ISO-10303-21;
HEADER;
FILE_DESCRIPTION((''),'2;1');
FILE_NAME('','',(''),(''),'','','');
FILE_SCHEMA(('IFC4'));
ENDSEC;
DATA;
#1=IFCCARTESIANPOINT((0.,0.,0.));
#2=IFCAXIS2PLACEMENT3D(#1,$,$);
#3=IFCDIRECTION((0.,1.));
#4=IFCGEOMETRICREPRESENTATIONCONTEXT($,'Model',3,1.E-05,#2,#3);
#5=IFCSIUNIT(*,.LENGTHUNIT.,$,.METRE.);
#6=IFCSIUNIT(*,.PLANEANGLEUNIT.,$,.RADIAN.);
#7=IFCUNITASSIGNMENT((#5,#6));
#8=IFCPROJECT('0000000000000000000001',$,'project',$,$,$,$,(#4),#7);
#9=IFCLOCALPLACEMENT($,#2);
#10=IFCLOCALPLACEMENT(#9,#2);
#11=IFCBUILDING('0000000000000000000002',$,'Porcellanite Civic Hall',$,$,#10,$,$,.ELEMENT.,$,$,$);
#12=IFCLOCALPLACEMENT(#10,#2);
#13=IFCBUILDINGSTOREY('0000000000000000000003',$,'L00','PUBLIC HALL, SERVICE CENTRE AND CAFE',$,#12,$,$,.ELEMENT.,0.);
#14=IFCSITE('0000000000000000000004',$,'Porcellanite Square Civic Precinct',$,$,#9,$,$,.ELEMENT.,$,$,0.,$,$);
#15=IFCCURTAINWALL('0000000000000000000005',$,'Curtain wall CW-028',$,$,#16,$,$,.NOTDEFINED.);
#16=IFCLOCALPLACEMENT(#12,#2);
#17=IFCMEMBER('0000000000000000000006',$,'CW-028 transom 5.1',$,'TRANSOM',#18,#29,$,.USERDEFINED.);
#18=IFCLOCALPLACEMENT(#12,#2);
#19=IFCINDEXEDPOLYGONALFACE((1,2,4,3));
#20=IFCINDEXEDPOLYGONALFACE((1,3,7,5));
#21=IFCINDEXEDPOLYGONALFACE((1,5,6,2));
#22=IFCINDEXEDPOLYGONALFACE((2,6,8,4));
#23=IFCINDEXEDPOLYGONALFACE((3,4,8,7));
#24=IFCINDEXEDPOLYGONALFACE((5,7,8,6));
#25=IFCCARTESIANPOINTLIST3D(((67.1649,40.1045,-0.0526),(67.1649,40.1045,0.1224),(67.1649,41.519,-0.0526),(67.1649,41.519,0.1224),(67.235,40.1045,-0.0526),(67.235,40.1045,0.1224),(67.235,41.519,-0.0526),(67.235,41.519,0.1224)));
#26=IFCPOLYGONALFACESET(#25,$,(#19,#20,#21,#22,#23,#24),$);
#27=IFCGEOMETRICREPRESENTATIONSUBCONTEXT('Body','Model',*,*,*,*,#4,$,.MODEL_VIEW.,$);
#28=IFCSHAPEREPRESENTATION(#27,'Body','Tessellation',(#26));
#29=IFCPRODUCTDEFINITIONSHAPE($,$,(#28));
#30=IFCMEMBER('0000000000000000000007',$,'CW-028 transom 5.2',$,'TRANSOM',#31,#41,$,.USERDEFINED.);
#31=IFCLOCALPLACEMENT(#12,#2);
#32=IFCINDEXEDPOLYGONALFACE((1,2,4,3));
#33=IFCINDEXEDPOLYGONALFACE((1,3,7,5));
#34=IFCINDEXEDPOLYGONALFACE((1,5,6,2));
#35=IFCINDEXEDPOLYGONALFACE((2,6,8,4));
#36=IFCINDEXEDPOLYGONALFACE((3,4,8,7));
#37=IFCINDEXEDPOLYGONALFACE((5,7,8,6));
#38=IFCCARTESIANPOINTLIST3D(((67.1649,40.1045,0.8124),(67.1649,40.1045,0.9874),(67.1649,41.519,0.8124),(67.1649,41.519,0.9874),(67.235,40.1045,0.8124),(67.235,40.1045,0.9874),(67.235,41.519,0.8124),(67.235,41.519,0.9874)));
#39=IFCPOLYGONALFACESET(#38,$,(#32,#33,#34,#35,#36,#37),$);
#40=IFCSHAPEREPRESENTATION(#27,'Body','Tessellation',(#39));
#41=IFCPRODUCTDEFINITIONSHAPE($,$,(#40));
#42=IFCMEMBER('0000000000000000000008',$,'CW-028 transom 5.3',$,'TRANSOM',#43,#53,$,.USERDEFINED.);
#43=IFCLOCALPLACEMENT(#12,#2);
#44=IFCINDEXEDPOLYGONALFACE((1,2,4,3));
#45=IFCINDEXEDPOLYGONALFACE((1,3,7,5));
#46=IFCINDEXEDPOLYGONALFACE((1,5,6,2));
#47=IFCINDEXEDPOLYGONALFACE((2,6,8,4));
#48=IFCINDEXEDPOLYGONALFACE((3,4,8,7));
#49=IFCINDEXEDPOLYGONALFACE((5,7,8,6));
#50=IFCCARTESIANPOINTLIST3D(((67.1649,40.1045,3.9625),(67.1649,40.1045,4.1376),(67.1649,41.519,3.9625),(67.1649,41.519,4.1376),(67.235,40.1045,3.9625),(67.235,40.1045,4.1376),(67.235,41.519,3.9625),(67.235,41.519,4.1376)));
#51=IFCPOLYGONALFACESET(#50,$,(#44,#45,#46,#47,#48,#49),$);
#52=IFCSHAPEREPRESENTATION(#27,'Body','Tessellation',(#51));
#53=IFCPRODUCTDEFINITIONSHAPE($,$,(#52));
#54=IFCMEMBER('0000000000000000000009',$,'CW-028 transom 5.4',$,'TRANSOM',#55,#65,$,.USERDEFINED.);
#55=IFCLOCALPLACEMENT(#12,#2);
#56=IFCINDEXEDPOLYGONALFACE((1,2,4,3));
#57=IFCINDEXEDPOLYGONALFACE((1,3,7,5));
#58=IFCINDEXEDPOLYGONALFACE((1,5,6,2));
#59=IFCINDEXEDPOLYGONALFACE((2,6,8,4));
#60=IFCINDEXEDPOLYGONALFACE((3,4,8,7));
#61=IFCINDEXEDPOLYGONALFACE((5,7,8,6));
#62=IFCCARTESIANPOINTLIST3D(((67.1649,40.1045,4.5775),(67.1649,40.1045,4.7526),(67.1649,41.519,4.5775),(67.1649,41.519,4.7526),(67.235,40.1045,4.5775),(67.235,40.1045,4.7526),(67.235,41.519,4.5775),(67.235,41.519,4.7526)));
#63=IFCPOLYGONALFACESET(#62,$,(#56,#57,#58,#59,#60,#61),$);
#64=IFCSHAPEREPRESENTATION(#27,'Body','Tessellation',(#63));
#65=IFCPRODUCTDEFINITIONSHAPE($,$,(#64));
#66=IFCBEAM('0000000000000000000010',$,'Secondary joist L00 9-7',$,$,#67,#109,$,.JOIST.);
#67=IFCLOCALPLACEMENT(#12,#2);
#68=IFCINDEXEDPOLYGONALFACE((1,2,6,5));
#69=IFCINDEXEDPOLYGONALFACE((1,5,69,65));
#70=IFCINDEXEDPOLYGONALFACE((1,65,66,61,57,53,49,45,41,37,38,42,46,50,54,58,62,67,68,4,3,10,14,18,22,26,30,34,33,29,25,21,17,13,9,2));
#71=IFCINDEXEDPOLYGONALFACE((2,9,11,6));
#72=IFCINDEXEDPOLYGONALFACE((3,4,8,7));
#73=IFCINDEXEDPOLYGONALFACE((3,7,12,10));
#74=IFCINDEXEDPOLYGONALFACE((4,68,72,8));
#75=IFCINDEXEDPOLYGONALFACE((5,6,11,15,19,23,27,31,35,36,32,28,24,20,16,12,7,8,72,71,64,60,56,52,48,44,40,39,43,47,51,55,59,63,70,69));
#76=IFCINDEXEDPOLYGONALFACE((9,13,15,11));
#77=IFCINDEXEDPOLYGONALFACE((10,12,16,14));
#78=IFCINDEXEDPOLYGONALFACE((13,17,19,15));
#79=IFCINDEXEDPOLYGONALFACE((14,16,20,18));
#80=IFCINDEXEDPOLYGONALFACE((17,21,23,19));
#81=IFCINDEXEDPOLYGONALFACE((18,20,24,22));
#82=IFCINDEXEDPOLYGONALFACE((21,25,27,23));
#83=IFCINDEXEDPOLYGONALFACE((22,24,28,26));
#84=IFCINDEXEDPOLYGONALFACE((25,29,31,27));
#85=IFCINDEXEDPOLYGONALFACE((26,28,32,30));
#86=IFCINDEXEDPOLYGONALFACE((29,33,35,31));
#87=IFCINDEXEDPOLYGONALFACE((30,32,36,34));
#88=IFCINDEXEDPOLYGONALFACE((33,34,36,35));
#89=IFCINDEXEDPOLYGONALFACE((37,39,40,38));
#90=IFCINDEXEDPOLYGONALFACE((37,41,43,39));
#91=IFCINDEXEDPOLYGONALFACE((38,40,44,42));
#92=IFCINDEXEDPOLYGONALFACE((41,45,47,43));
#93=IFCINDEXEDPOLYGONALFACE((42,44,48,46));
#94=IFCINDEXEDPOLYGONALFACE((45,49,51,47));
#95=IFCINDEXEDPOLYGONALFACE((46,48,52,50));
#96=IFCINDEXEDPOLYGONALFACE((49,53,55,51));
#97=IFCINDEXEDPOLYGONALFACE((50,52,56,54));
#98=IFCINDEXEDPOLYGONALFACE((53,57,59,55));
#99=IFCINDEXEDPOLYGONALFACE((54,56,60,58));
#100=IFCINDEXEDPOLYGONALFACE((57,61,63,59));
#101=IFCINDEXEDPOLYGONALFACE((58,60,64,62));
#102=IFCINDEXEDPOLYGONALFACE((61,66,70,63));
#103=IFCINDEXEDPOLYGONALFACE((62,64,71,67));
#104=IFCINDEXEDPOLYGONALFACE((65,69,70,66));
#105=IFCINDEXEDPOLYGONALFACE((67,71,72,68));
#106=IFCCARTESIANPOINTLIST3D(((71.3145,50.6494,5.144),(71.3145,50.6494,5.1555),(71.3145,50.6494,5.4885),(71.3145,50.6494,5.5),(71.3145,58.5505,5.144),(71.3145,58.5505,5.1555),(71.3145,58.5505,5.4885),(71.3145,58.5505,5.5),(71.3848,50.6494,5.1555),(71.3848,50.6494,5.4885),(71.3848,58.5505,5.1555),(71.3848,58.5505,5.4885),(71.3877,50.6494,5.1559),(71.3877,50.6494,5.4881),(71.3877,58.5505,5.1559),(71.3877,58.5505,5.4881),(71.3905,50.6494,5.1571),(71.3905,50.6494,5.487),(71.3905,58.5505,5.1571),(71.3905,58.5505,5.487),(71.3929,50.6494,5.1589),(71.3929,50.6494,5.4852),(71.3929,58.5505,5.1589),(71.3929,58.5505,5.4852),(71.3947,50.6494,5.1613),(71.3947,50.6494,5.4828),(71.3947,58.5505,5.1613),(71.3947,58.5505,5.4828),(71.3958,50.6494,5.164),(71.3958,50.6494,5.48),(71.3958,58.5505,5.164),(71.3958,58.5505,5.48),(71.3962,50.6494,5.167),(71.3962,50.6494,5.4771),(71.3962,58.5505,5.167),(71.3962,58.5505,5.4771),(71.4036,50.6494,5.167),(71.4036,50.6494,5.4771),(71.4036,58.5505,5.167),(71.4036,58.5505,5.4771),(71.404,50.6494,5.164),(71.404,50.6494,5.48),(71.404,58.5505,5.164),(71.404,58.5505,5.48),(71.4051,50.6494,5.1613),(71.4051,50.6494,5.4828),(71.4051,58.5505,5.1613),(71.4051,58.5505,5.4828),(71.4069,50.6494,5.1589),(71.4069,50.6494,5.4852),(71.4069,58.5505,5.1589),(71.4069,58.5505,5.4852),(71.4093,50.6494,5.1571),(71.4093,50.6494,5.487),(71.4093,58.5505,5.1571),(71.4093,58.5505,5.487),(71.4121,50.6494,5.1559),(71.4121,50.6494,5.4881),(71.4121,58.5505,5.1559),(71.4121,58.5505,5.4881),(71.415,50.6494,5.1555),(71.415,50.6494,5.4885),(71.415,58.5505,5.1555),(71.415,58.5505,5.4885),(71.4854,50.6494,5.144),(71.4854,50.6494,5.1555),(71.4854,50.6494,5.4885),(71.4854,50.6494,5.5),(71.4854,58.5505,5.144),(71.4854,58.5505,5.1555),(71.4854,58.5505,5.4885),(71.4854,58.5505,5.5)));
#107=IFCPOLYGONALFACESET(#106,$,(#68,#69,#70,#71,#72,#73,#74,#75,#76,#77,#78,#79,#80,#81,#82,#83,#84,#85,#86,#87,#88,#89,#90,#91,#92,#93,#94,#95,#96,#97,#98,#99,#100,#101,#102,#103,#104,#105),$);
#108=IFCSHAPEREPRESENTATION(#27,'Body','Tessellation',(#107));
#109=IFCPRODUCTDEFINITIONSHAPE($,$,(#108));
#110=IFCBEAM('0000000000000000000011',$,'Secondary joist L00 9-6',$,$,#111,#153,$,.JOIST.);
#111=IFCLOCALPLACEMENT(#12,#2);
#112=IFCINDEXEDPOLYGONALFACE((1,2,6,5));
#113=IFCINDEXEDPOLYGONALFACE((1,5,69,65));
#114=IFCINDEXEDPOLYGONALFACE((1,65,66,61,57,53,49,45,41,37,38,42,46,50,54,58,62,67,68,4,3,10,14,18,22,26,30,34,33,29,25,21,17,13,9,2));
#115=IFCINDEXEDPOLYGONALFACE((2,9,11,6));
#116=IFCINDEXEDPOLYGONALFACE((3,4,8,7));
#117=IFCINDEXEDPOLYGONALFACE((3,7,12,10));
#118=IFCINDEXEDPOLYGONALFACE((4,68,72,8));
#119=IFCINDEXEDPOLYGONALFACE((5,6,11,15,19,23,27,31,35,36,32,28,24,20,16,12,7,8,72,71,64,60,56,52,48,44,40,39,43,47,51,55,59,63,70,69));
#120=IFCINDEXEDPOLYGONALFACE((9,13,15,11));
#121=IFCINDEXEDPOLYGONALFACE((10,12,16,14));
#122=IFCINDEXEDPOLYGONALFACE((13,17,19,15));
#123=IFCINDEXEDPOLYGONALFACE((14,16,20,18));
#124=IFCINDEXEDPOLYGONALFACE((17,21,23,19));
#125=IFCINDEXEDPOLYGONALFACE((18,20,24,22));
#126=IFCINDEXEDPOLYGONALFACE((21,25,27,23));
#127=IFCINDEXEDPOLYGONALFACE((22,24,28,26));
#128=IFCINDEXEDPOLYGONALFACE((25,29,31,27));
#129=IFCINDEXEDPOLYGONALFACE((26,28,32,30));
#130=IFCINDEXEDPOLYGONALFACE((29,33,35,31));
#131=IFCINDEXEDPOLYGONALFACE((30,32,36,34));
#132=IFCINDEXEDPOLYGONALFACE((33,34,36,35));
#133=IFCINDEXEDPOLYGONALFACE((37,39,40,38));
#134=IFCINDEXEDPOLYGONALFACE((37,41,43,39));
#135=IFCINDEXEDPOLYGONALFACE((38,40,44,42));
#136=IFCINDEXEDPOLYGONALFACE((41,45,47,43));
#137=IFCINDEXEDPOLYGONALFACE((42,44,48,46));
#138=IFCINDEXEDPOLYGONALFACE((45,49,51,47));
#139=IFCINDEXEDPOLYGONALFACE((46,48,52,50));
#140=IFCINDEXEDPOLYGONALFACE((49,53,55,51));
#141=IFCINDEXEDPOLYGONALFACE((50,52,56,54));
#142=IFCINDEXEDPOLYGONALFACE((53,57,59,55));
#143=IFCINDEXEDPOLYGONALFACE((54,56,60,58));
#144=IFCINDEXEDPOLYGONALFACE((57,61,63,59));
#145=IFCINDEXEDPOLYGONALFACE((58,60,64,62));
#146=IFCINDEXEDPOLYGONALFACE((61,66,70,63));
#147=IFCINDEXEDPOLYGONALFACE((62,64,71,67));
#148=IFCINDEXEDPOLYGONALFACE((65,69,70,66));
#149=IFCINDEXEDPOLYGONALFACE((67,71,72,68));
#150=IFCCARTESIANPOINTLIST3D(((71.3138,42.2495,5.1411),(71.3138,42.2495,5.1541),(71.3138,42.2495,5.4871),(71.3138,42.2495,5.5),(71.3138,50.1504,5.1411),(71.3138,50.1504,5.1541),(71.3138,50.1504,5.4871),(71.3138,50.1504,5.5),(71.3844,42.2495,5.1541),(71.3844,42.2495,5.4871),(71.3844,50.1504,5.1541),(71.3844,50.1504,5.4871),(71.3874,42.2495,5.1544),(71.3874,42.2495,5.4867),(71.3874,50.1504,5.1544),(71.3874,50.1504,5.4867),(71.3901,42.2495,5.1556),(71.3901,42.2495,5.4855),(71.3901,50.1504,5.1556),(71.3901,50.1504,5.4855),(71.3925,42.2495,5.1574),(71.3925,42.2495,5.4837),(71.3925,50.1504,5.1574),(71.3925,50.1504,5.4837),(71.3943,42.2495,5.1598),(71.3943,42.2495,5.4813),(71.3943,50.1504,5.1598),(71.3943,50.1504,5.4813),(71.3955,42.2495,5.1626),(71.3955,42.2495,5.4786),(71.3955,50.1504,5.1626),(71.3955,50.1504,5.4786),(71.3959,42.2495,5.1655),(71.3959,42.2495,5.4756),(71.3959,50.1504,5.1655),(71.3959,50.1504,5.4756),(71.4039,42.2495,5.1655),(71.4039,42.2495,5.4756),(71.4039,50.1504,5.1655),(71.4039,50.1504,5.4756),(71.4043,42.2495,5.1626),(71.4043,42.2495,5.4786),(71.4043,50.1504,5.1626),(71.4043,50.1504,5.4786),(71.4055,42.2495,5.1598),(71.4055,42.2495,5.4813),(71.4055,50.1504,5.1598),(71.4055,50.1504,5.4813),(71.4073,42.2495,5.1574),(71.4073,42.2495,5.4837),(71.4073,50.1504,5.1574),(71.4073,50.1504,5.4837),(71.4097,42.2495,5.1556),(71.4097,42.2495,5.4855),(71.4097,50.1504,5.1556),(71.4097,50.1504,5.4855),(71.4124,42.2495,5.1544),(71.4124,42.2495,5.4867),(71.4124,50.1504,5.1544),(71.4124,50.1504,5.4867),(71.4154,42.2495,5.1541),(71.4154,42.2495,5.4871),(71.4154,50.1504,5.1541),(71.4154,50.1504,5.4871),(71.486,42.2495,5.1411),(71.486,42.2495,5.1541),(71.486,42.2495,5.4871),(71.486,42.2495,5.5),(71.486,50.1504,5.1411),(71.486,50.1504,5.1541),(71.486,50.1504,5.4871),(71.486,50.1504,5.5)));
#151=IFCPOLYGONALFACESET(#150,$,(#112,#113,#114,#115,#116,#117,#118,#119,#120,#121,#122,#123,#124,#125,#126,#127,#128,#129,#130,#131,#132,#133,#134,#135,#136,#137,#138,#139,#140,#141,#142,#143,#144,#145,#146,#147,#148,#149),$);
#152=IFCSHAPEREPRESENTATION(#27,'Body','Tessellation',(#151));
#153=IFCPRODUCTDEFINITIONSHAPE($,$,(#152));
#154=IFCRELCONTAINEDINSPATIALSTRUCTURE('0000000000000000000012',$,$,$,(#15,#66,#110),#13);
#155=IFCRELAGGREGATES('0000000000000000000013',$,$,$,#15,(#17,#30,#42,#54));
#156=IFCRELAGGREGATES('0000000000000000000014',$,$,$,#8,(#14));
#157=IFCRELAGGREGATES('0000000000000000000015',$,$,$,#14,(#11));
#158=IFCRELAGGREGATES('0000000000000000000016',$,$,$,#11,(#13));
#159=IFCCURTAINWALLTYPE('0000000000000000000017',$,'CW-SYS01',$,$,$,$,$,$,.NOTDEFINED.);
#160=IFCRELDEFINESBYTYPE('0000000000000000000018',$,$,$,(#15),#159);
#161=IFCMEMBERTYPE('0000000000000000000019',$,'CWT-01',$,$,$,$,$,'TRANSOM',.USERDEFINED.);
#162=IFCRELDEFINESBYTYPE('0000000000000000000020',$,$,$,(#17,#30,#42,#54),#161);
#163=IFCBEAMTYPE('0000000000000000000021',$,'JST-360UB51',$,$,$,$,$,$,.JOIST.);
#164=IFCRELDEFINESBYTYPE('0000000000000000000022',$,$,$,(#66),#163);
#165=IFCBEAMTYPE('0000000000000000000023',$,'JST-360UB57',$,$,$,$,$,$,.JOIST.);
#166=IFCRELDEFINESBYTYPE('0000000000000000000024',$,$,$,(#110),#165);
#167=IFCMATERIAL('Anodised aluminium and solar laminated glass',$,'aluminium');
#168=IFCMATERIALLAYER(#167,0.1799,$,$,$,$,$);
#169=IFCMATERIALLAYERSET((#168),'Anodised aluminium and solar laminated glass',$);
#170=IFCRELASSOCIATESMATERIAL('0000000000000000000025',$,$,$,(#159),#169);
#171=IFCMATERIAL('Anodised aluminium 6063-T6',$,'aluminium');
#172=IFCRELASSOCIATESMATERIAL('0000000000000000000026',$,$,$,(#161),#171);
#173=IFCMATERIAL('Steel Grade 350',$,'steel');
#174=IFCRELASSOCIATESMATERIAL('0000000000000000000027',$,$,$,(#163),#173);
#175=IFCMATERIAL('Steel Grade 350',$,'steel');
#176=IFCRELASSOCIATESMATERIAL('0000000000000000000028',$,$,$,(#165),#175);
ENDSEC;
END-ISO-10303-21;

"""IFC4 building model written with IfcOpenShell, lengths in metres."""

from ifc_helpers import new_model, si_unit, direction, frame, origin, origin_2d, place, context, subcontext, project, spatial, rectangle, i_section, extrude, material, layer, layer_set, material_profile, profile_set, type_object, element, aggregate, save


model = new_model("IFC4")

# Units and contexts
model_context = context("Model", 3, precision=1e-05, world=origin(), true_north=direction((0.0, 1.0)))
body_context = subcontext(model_context, "Body", "Model", "MODEL_VIEW")
ifc_project = project(units=[si_unit("LENGTHUNIT", "METRE"), si_unit("PLANEANGLEUNIT", "RADIAN")], contexts=[model_context])

# Site, building, storey
site_placement = place(None, origin())
site = spatial("IfcSite", under=ifc_project, at=site_placement, Name="Porcellanite Square Civic Precinct", CompositionType="ELEMENT", RefElevation=0.0)
building_placement = place(site_placement, origin())
building = spatial("IfcBuilding", under=site, at=building_placement, Name="Porcellanite Civic Hall", CompositionType="ELEMENT")
storey_placement = place(building_placement, origin())
storey = spatial("IfcBuildingStorey", under=building, at=storey_placement, Name="L00", Description="PUBLIC HALL, SERVICE CENTRE AND CAFE", CompositionType="ELEMENT", Elevation=0.0)

# Curtain wall, members
ifc_material_1 = material(Name="Anodised aluminium and solar laminated glass", Category="aluminium")
ifc_layer_1 = layer(ifc_material_1, 0.1799)
ifc_layer_set_1 = layer_set([ifc_layer_1], Name="Anodised aluminium and solar laminated glass")
curtain_wall_type = type_object("IfcCurtainWallType", Name="CW-SYS01", PredefinedType="NOTDEFINED", material=ifc_layer_set_1)
curtain_wall_placement = place(storey_placement, origin())
curtain_wall = element("IfcCurtainWall", 1, at=curtain_wall_placement, inside=storey, type_object=curtain_wall_type, Name="Curtain wall CW-028", PredefinedType="NOTDEFINED")
ifc_material_2 = material(Name="Anodised aluminium 6063-T6", Category="aluminium")
ifc_material_profile_1 = material_profile(ifc_material_2, rectangle(XDim=0.0701, YDim=0.175, at=origin_2d()), Name="AL-70x175")
ifc_profile_set_1 = profile_set([ifc_material_profile_1], Name="Anodised aluminium 6063-T6")
member_type_1 = type_object("IfcMemberType", Name="CWT-01", ElementType="TRANSOM", PredefinedType="USERDEFINED", material=ifc_profile_set_1)
member_1_placement = place(storey_placement, frame((67.2, 40.1045, 0.0349), z_axis=(0.0, 1.0, 0.0), x_axis=(-1.0, 0.0, 0.0)))
member_1 = element("IfcMember", 2, at=member_1_placement, type_object=member_type_1, Name="CW-028 transom 5.1", ObjectType="TRANSOM", PredefinedType="USERDEFINED", context=body_context, shape_type="SweptSolid", body=[
    extrude(rectangle(XDim=0.0701, YDim=0.175, at=origin_2d()), origin(), (0.0, 0.0, 1.0), 1.4146),
])
member_2_placement = place(storey_placement, frame((67.2, 40.1045, 0.8999), z_axis=(0.0, 1.0, 0.0), x_axis=(-1.0, 0.0, 0.0)))
member_2 = element("IfcMember", 3, at=member_2_placement, type_object=member_type_1, Name="CW-028 transom 5.2", ObjectType="TRANSOM", PredefinedType="USERDEFINED", context=body_context, shape_type="SweptSolid", body=[
    extrude(rectangle(XDim=0.0701, YDim=0.175, at=origin_2d()), origin(), (0.0, 0.0, 1.0), 1.4146),
])
member_3_placement = place(storey_placement, frame((67.2, 40.1045, 4.05), z_axis=(0.0, 1.0, 0.0), x_axis=(-1.0, 0.0, 0.0)))
member_3 = element("IfcMember", 4, at=member_3_placement, type_object=member_type_1, Name="CW-028 transom 5.3", ObjectType="TRANSOM", PredefinedType="USERDEFINED", context=body_context, shape_type="SweptSolid", body=[
    extrude(rectangle(XDim=0.0701, YDim=0.175, at=origin_2d()), origin(), (0.0, 0.0, 1.0), 1.4146),
])
member_4_placement = place(storey_placement, frame((67.2, 40.1045, 4.665), z_axis=(0.0, 1.0, 0.0), x_axis=(-1.0, 0.0, 0.0)))
member_4 = element("IfcMember", 5, at=member_4_placement, type_object=member_type_1, Name="CW-028 transom 5.4", ObjectType="TRANSOM", PredefinedType="USERDEFINED", context=body_context, shape_type="SweptSolid", body=[
    extrude(rectangle(XDim=0.0701, YDim=0.175, at=origin_2d()), origin(), (0.0, 0.0, 1.0), 1.4146),
])

# Beams
ifc_material_3 = material(Name="Steel Grade 350", Category="steel")
ifc_material_profile_2 = material_profile(ifc_material_3, i_section(OverallWidth=0.1709, OverallDepth=0.356, WebThickness=0.0073, FlangeThickness=0.0115, FilletRadius=0.0115, at=origin_2d()), Name="360UB50.7")
ifc_profile_set_2 = profile_set([ifc_material_profile_2], Name="Steel Grade 350")
beam_type_1 = type_object("IfcBeamType", Name="JST-360UB51", PredefinedType="JOIST", material=ifc_profile_set_2)
beam_1_placement = place(storey_placement, frame((71.3999, 50.6494, 5.322), z_axis=(0.0, 1.0, 0.0), x_axis=(-1.0, 0.0, 0.0)))
element("IfcBeam", 6, at=beam_1_placement, inside=storey, type_object=beam_type_1, Name="Secondary joist L00 9-7", PredefinedType="JOIST", context=body_context, shape_type="SweptSolid", body=[
    extrude(i_section(OverallWidth=0.1709, OverallDepth=0.356, WebThickness=0.0073, FlangeThickness=0.0115, FilletRadius=0.0115, at=origin_2d()), origin(), (0.0, 0.0, 1.0), 7.9011),
])
ifc_material_4 = material(Name="Steel Grade 350", Category="steel")
ifc_material_profile_3 = material_profile(ifc_material_4, i_section(OverallWidth=0.1721, OverallDepth=0.3589, WebThickness=0.0081, FlangeThickness=0.0129, FilletRadius=0.0115, at=origin_2d()), Name="360UB56.7")
ifc_profile_set_3 = profile_set([ifc_material_profile_3], Name="Steel Grade 350")
beam_type_2 = type_object("IfcBeamType", Name="JST-360UB57", PredefinedType="JOIST", material=ifc_profile_set_3)
beam_2_placement = place(storey_placement, frame((71.3999, 42.2495, 5.3206), z_axis=(0.0, 1.0, 0.0), x_axis=(-1.0, 0.0, 0.0)))
element("IfcBeam", 7, at=beam_2_placement, inside=storey, type_object=beam_type_2, Name="Secondary joist L00 9-6", PredefinedType="JOIST", context=body_context, shape_type="SweptSolid", body=[
    extrude(i_section(OverallWidth=0.1721, OverallDepth=0.3589, WebThickness=0.0081, FlangeThickness=0.0129, FilletRadius=0.0115, at=origin_2d()), origin(), (0.0, 0.0, 1.0), 7.9009),
])

aggregate(curtain_wall, [member_1, member_2, member_3, member_4])

save(model, "model.ifc")
